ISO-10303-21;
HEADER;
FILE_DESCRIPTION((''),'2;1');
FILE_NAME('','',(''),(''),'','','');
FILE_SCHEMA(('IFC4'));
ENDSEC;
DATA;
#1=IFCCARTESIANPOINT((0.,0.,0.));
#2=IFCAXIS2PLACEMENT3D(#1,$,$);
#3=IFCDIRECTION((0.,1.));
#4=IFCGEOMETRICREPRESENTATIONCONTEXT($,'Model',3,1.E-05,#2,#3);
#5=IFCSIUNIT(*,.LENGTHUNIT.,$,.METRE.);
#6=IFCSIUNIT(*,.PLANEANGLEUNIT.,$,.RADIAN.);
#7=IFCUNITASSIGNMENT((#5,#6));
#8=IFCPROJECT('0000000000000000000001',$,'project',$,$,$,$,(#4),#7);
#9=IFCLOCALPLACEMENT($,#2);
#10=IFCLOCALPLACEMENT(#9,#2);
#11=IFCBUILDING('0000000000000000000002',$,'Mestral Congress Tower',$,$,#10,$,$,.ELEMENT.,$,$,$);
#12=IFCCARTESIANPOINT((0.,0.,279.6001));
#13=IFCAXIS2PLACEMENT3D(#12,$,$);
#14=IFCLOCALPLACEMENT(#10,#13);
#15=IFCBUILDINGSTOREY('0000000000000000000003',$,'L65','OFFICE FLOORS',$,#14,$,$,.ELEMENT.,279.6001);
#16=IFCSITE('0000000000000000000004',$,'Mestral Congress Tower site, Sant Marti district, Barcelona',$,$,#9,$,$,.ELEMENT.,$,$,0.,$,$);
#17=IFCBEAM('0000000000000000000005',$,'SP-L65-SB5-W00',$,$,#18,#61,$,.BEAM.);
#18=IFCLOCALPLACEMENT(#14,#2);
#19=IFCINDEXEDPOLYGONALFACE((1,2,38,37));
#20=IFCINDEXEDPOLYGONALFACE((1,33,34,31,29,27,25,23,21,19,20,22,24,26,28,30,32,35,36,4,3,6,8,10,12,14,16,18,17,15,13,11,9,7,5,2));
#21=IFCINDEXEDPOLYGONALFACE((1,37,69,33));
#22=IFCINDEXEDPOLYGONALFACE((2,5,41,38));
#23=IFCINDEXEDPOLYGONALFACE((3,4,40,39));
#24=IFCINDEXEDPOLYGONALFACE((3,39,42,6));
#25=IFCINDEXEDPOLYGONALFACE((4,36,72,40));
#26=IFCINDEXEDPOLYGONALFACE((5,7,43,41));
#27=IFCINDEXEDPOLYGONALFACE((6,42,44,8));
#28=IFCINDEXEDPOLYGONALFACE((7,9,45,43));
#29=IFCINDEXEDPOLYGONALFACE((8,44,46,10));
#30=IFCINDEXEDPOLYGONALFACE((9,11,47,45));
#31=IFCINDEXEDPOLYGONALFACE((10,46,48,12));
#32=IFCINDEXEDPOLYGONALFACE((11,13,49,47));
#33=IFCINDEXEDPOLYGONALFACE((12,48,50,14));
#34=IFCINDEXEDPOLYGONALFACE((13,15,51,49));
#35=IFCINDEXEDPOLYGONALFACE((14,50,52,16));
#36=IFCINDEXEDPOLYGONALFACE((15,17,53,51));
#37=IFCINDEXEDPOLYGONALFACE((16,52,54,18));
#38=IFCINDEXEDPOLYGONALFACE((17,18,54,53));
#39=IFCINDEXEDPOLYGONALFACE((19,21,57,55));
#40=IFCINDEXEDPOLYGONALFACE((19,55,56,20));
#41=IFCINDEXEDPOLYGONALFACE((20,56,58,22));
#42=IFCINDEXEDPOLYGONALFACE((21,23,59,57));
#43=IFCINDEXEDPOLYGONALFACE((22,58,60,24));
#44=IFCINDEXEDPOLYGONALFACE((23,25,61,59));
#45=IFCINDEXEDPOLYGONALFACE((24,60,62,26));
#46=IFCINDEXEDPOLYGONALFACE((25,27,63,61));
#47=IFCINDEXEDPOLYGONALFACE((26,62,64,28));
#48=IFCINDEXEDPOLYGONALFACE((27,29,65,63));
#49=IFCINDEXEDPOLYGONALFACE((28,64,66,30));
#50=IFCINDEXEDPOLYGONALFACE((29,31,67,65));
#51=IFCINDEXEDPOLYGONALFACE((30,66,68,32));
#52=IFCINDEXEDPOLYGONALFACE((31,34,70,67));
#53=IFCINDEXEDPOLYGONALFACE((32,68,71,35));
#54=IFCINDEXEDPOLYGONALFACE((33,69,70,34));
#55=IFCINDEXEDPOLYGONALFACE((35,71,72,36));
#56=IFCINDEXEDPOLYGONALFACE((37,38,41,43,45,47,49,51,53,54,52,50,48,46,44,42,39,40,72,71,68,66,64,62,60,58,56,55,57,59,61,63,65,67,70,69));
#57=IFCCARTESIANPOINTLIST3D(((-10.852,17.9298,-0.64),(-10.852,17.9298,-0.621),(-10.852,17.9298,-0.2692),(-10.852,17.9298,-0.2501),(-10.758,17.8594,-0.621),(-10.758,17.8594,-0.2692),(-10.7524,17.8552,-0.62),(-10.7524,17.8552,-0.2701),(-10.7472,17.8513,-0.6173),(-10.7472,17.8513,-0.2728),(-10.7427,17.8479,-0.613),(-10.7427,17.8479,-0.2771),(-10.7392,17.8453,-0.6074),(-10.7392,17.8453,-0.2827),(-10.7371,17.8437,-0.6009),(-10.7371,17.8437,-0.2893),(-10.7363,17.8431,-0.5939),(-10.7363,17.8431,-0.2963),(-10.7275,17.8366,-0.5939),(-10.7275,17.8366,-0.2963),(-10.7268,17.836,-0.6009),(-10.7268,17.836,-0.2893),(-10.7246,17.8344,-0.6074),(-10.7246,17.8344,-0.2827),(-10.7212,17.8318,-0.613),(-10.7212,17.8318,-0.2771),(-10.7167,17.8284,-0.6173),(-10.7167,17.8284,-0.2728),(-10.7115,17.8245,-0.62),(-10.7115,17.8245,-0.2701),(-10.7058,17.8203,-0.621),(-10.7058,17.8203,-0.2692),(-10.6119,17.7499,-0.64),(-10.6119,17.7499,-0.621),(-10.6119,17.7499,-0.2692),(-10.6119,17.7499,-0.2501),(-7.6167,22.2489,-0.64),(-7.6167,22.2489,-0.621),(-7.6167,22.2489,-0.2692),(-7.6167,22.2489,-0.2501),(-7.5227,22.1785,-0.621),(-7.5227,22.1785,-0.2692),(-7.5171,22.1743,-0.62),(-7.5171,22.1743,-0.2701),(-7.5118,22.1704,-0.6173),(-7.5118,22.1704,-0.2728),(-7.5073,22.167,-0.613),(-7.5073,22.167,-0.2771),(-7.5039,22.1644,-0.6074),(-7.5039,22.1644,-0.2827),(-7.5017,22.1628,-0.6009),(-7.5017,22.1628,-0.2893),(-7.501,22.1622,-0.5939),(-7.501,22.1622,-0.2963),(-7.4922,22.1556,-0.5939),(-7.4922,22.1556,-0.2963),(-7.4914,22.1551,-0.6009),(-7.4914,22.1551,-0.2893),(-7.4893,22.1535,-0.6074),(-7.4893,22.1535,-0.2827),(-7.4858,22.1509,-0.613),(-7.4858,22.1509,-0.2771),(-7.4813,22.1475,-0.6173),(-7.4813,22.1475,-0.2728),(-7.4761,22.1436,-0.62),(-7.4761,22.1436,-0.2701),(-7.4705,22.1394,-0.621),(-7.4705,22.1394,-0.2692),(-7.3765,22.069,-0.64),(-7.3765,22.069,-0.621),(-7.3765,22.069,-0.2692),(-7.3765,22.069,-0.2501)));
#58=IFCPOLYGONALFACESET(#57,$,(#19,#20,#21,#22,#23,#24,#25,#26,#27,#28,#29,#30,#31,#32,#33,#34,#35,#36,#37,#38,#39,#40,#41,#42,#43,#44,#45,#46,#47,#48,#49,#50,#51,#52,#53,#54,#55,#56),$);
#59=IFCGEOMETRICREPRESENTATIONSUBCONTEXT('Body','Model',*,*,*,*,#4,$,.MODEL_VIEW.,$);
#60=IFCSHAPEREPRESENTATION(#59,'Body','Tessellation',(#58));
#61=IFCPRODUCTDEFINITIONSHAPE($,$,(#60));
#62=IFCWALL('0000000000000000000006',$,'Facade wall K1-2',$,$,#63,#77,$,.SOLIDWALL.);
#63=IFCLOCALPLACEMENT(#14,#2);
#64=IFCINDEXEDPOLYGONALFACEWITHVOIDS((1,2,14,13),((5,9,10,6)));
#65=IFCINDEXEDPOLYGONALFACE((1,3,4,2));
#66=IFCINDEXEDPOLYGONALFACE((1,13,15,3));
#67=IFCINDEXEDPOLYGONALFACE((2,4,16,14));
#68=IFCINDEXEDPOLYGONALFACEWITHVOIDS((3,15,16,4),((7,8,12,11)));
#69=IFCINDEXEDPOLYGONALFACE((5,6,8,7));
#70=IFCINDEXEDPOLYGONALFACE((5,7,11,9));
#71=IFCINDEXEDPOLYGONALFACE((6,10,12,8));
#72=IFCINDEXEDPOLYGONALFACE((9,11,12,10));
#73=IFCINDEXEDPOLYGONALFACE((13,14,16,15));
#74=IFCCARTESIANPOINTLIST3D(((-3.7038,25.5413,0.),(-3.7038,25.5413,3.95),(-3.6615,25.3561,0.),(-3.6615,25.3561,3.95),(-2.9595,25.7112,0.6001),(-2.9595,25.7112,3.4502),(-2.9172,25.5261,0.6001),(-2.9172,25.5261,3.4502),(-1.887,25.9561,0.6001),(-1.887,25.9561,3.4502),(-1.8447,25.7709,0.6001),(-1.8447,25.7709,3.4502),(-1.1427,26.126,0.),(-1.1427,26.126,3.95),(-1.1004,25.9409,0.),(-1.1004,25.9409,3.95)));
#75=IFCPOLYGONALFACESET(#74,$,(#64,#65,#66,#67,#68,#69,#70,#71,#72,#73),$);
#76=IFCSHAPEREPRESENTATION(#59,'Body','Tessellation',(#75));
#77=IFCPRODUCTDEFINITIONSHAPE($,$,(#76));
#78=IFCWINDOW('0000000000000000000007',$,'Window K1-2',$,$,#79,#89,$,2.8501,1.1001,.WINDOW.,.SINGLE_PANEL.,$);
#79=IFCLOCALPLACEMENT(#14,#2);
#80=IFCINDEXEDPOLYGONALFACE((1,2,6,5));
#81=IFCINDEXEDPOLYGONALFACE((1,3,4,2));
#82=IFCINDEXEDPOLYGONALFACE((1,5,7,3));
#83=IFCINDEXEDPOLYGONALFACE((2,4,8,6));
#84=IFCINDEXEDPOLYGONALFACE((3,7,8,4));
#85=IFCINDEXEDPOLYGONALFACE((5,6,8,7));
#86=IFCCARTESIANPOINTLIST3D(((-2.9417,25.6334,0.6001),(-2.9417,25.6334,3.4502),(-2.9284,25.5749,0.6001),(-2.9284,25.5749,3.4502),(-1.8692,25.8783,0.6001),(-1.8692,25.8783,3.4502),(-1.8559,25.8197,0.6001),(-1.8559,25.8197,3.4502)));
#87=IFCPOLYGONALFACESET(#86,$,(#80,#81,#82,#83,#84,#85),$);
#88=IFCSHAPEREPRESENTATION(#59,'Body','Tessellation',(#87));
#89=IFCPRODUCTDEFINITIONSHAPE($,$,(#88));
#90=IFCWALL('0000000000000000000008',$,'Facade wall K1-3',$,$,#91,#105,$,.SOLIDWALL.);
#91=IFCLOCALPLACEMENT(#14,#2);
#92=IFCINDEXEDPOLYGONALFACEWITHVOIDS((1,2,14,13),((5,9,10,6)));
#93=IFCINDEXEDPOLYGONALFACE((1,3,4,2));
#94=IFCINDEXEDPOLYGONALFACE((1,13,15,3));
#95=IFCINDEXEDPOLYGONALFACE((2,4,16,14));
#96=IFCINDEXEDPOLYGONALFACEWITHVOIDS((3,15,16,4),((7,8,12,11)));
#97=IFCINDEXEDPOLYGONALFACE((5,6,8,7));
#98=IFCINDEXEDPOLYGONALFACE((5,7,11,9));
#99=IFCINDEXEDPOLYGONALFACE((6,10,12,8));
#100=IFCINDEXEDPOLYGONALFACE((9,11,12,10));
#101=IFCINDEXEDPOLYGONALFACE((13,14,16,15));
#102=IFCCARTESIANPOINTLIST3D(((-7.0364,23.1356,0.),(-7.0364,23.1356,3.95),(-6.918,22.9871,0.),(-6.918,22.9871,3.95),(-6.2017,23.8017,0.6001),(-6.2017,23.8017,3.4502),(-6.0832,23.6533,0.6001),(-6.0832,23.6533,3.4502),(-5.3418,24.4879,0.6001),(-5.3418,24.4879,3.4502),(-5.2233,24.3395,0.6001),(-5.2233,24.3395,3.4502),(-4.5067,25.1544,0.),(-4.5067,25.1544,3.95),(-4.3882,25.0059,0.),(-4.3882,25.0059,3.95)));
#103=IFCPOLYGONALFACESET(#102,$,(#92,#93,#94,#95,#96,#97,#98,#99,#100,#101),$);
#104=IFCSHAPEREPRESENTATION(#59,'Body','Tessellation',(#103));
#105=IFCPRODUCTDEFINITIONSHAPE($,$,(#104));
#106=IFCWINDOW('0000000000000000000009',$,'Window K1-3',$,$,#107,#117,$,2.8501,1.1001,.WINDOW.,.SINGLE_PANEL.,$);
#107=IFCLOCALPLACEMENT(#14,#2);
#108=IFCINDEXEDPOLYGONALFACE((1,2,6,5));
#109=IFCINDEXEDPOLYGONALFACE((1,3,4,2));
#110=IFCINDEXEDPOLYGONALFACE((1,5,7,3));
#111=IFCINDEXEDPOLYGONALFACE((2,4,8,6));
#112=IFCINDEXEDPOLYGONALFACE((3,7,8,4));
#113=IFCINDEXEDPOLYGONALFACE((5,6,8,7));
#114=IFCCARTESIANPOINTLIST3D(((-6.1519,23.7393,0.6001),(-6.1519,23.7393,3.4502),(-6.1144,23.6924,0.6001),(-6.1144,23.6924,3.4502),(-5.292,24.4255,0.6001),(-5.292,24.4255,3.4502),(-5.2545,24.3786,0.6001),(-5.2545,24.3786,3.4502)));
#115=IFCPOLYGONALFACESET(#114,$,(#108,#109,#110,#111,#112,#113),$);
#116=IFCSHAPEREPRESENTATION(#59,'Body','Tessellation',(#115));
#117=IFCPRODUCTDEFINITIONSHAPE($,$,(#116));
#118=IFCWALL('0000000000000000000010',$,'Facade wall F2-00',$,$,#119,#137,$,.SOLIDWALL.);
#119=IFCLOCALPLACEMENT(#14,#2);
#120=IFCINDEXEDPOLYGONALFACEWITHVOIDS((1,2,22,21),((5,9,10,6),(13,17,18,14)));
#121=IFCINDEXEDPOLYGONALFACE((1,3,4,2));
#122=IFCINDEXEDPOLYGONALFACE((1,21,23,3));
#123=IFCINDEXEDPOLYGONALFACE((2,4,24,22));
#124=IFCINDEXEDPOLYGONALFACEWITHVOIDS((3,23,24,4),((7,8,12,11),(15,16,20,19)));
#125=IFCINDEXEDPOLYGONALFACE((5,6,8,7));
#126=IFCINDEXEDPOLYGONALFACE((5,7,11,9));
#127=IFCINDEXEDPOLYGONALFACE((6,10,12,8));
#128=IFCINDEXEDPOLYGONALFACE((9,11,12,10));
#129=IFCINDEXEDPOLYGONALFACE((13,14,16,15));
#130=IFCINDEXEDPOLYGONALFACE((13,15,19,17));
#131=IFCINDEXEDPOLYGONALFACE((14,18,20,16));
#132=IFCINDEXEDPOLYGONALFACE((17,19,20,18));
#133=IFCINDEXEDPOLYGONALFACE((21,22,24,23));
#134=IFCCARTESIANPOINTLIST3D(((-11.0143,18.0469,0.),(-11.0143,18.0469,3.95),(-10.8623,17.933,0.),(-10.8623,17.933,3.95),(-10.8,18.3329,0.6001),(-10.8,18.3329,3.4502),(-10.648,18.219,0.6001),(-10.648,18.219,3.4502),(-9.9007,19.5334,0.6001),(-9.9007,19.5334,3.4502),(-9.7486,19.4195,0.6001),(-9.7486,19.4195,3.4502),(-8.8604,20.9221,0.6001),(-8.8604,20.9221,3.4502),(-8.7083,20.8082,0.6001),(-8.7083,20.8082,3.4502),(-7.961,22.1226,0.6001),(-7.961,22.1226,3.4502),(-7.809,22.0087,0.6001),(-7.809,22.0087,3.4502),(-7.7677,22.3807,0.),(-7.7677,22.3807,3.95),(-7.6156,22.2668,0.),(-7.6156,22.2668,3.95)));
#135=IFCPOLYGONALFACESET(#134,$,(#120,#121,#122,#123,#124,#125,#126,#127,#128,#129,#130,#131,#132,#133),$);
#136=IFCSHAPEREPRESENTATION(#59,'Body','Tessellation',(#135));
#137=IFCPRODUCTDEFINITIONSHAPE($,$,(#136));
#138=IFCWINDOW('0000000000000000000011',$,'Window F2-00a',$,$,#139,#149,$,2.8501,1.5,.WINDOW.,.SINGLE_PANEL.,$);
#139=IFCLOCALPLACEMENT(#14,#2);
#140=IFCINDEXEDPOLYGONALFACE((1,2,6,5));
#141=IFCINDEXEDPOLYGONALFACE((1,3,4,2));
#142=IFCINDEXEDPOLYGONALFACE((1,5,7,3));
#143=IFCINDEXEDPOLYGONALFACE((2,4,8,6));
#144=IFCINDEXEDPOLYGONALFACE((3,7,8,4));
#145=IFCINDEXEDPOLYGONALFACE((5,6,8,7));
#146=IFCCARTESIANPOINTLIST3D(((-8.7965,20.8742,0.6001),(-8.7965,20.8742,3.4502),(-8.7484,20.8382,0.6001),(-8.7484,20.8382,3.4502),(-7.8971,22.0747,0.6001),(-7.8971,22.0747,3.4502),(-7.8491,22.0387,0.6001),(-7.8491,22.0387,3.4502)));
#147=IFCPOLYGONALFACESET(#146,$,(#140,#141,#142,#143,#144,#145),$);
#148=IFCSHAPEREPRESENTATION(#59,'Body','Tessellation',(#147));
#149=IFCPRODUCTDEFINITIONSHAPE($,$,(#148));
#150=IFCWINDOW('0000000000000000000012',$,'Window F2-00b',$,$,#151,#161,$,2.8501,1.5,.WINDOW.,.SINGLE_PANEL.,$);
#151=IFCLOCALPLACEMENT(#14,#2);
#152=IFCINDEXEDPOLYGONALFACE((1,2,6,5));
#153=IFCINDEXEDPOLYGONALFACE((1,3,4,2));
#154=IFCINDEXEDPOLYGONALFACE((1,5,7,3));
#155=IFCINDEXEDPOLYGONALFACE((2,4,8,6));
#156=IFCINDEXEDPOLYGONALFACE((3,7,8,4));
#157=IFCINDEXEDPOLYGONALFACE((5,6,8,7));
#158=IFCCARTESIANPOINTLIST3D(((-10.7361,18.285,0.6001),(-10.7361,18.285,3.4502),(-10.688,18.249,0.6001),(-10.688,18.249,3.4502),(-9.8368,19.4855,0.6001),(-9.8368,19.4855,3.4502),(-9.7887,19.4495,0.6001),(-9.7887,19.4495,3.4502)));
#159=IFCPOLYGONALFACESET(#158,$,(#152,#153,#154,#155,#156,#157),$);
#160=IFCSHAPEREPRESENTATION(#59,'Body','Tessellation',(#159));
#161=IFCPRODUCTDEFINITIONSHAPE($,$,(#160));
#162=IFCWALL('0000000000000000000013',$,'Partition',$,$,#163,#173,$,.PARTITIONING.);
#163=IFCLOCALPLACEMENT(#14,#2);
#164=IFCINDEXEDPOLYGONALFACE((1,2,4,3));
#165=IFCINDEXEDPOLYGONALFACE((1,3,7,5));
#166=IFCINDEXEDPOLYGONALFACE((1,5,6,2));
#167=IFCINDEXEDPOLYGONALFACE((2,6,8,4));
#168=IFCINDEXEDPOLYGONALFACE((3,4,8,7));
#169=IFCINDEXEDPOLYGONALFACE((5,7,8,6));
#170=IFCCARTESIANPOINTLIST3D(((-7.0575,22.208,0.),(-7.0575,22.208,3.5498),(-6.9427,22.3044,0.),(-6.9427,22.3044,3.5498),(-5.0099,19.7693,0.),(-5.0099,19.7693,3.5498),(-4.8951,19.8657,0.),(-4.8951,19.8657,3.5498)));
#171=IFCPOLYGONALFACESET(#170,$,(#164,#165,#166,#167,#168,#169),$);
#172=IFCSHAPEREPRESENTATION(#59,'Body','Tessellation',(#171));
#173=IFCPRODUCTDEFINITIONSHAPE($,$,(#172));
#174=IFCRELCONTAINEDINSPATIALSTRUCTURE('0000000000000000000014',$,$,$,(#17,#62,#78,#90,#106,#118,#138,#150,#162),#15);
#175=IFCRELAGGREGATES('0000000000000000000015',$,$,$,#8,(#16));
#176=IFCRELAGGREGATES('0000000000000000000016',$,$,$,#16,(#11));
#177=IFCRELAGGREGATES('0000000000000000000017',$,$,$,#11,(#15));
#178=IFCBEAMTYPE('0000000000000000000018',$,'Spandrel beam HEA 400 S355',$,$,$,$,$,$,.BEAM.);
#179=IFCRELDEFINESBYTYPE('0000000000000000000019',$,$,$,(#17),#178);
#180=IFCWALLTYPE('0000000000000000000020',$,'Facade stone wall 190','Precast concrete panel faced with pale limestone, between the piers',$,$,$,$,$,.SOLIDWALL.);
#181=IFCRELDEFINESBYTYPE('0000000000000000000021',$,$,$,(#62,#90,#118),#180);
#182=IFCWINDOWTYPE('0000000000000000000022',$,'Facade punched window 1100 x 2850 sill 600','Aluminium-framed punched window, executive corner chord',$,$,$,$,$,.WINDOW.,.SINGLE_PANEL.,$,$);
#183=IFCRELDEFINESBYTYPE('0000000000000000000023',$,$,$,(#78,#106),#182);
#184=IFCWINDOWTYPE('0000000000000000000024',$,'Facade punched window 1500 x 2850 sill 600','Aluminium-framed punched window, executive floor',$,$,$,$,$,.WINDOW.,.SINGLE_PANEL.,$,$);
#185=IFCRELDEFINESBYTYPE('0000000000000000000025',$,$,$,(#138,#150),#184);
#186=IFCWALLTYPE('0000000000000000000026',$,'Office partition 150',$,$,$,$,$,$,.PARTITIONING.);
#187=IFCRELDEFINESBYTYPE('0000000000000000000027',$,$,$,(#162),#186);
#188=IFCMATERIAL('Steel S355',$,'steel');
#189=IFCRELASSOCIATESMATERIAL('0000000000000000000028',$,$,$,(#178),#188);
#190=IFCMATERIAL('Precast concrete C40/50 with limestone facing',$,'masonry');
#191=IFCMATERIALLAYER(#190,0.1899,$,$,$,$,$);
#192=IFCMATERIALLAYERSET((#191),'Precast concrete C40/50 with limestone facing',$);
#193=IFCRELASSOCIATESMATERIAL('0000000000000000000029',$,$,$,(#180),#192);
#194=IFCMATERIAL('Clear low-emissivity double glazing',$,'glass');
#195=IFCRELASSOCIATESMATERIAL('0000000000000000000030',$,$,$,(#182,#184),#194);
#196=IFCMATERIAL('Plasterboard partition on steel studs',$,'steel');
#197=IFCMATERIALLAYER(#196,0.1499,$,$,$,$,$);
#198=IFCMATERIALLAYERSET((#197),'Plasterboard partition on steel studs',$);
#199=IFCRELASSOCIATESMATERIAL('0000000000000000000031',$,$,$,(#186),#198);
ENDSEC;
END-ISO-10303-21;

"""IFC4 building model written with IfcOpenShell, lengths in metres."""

from ifc_helpers import new_model, si_unit, direction, frame, frame_2d, origin, origin_2d, place, context, subcontext, project, spatial, rectangle, i_section, extrude, material, layer, layer_set, material_profile, profile_set, type_object, element, fill, save


model = new_model("IFC4")

# Units and contexts
model_context = context("Model", 3, precision=1e-05, world=origin(), true_north=direction((0.0, 1.0)))
body_context = subcontext(model_context, "Body", "Model", "MODEL_VIEW")
ifc_project = project(units=[si_unit("LENGTHUNIT", "METRE"), si_unit("PLANEANGLEUNIT", "RADIAN")], contexts=[model_context])

# Site, building, storey
site_placement = place(None, origin())
site = spatial("IfcSite", under=ifc_project, at=site_placement, Name="Mestral Congress Tower site, Sant Marti district, Barcelona", CompositionType="ELEMENT", RefElevation=0.0)
building_placement = place(site_placement, origin())
building = spatial("IfcBuilding", under=site, at=building_placement, Name="Mestral Congress Tower", CompositionType="ELEMENT")
storey_placement = place(building_placement, frame((0.0, 0.0, 279.6001)))
storey = spatial("IfcBuildingStorey", under=building, at=storey_placement, Name="L65", Description="OFFICE FLOORS", CompositionType="ELEMENT", Elevation=279.6001)

# Beam
ifc_material_1 = material(Name="Steel S355", Category="steel")
ifc_material_profile_1 = material_profile(ifc_material_1, i_section(OverallWidth=0.3, OverallDepth=0.3899, WebThickness=0.011, FlangeThickness=0.019, FilletRadius=0.0271, at=origin_2d()), Name="HEA 400")
ifc_profile_set_1 = profile_set([ifc_material_profile_1], Name="Steel S355")
beam_type_1 = type_object("IfcBeamType", Name="Spandrel beam HEA 400 S355", PredefinedType="BEAM", material=ifc_profile_set_1)
beam_1_placement = place(storey_placement, frame((-7.4966, 22.1589, -0.4451), z_axis=(-0.599529, -0.800353, 0.0), x_axis=(0.800353, -0.599529, 0.0)))
element("IfcBeam", 1, at=beam_1_placement, inside=storey, type_object=beam_type_1, Name="SP-L65-SB5-W00", PredefinedType="BEAM", context=body_context, shape_type="SweptSolid", body=[
    extrude(i_section(OverallWidth=0.3, OverallDepth=0.3899, WebThickness=0.011, FlangeThickness=0.019, FilletRadius=0.0271, at=origin_2d()), origin(), (0.0, 0.0, 1.0), 5.3965),
])

# Walls, openings, windows
ifc_material_2 = material(Name="Precast concrete C40/50 with limestone facing", Category="masonry")
ifc_layer_1 = layer(ifc_material_2, 0.1899)
ifc_layer_set_1 = layer_set([ifc_layer_1], Name="Precast concrete C40/50 with limestone facing")
wall_type_1 = type_object("IfcWallType", Name="Facade stone wall 190", Description="Precast concrete panel faced with pale limestone, between the piers", PredefinedType="SOLIDWALL", material=ifc_layer_set_1)
wall_1_placement = place(storey_placement, frame((-1.1216, 26.0334, 0.0), z_axis=(0.0, 0.0, 1.0), x_axis=(-0.974913, -0.222585, 0.0)))
wall_1 = element("IfcWall", 2, at=wall_1_placement, inside=storey, type_object=wall_type_1, Name="Facade wall K1-2", PredefinedType="SOLIDWALL", context=body_context, shape_type="SweptSolid", body=[
    extrude(rectangle(XDim=2.627, YDim=0.1899, at=frame_2d((1.3135, 0.0))), origin(), (0.0, 0.0, 1.0), 3.95),
])
opening_1_placement = place(wall_1_placement, frame((0.7634, 0.0, 0.6001)))
opening_1 = element("IfcOpeningElement", 3, at=opening_1_placement, cuts=wall_1, PredefinedType="OPENING", context=body_context, shape_type="SweptSolid", body=[
    extrude(rectangle(XDim=1.1001, YDim=2.8501, at=frame_2d((0.55, 1.425))), frame((0.0, 0.105, 0.0), z_axis=(0.0, -1.0, 0.0), x_axis=(1.0, 0.0, 0.0)), (0.0, 0.0, 1.0), 0.21),
])
ifc_material_3 = material(Name="Clear low-emissivity double glazing", Category="glass")
window_type_1 = type_object("IfcWindowType", Name="Facade punched window 1100 x 2850 sill 600", Description="Aluminium-framed punched window, executive corner chord", PartitioningType="SINGLE_PANEL", PredefinedType="WINDOW", material=ifc_material_3)
window_1_placement = place(opening_1_placement, origin())
window_1 = element("IfcWindow", 4, at=window_1_placement, inside=storey, type_object=window_type_1, Name="Window K1-2", OverallHeight=2.8501, OverallWidth=1.1001, PartitioningType="SINGLE_PANEL", PredefinedType="WINDOW", context=body_context, shape_type="SweptSolid", body=[
    extrude(rectangle(XDim=1.1001, YDim=2.8501, at=frame_2d((0.55, 1.425))), frame((0.0, 0.0449, 0.0), z_axis=(0.0, -1.0, 0.0), x_axis=(1.0, 0.0, 0.0)), (0.0, 0.0, 1.0), 0.0601),
])
fill(opening_1, window_1)
wall_2_placement = place(storey_placement, frame((-4.4475, 25.0801, 0.0), z_axis=(0.0, 0.0, 1.0), x_axis=(-0.781626, -0.623747, 0.0)))
wall_2 = element("IfcWall", 5, at=wall_2_placement, inside=storey, type_object=wall_type_1, Name="Facade wall K1-3", PredefinedType="SOLIDWALL", context=body_context, shape_type="SweptSolid", body=[
    extrude(rectangle(XDim=3.2366, YDim=0.1899, at=frame_2d((1.6182, 0.0))), origin(), (0.0, 0.0, 1.0), 3.95),
])
opening_2_placement = place(wall_2_placement, frame((1.0684, 0.0, 0.6001)))
opening_2 = element("IfcOpeningElement", 6, at=opening_2_placement, cuts=wall_2, PredefinedType="OPENING", context=body_context, shape_type="SweptSolid", body=[
    extrude(rectangle(XDim=1.1001, YDim=2.8501, at=frame_2d((0.55, 1.425))), frame((0.0, 0.105, 0.0), z_axis=(0.0, -1.0, 0.0), x_axis=(1.0, 0.0, 0.0)), (0.0, 0.0, 1.0), 0.21),
])
window_2_placement = place(opening_2_placement, origin())
window_2 = element("IfcWindow", 7, at=window_2_placement, inside=storey, type_object=window_type_1, Name="Window K1-3", OverallHeight=2.8501, OverallWidth=1.1001, PartitioningType="SINGLE_PANEL", PredefinedType="WINDOW", context=body_context, shape_type="SweptSolid", body=[
    extrude(rectangle(XDim=1.1001, YDim=2.8501, at=frame_2d((0.55, 1.425))), frame((0.0, 0.0449, 0.0), z_axis=(0.0, -1.0, 0.0), x_axis=(1.0, 0.0, 0.0)), (0.0, 0.0, 1.0), 0.0601),
])
fill(opening_2, window_2)

# Wall, openings, windows
wall_3_placement = place(storey_placement, frame((-7.6917, 22.3237, 0.0), z_axis=(0.0, 0.0, 1.0), x_axis=(-0.59956, -0.80033, 0.0)))
wall_3 = element("IfcWall", 8, at=wall_3_placement, inside=storey, type_object=wall_type_1, Name="Facade wall F2-00", PredefinedType="SOLIDWALL", context=body_context, shape_type="SweptSolid", body=[
    extrude(rectangle(XDim=5.415, YDim=0.1899, at=frame_2d((2.7075, 0.0))), origin(), (0.0, 0.0, 1.0), 3.95),
])
opening_3_placement = place(wall_3_placement, frame((0.3225, 0.0, 0.6001)))
opening_3 = element("IfcOpeningElement", 9, at=opening_3_placement, cuts=wall_3, PredefinedType="OPENING", context=body_context, shape_type="SweptSolid", body=[
    extrude(rectangle(XDim=1.5, YDim=2.8501, at=frame_2d((0.75, 1.425))), frame((0.0, 0.105, 0.0), z_axis=(0.0, -1.0, 0.0), x_axis=(1.0, 0.0, 0.0)), (0.0, 0.0, 1.0), 0.21),
])
opening_4_placement = place(wall_3_placement, frame((3.5576, 0.0, 0.6001)))
opening_4 = element("IfcOpeningElement", 10, at=opening_4_placement, cuts=wall_3, PredefinedType="OPENING", context=body_context, shape_type="SweptSolid", body=[
    extrude(rectangle(XDim=1.5, YDim=2.8501, at=frame_2d((0.75, 1.425))), frame((0.0, 0.105, 0.0), z_axis=(0.0, -1.0, 0.0), x_axis=(1.0, 0.0, 0.0)), (0.0, 0.0, 1.0), 0.21),
])
window_type_2 = type_object("IfcWindowType", Name="Facade punched window 1500 x 2850 sill 600", Description="Aluminium-framed punched window, executive floor", PartitioningType="SINGLE_PANEL", PredefinedType="WINDOW", material=ifc_material_3)
window_3_placement = place(opening_3_placement, origin())
window_3 = element("IfcWindow", 11, at=window_3_placement, inside=storey, type_object=window_type_2, Name="Window F2-00a", OverallHeight=2.8501, OverallWidth=1.5, PartitioningType="SINGLE_PANEL", PredefinedType="WINDOW", context=body_context, shape_type="SweptSolid", body=[
    extrude(rectangle(XDim=1.5, YDim=2.8501, at=frame_2d((0.75, 1.425))), frame((0.0, 0.0449, 0.0), z_axis=(0.0, -1.0, 0.0), x_axis=(1.0, 0.0, 0.0)), (0.0, 0.0, 1.0), 0.0601),
])
fill(opening_3, window_3)
window_4_placement = place(opening_4_placement, origin())
window_4 = element("IfcWindow", 12, at=window_4_placement, inside=storey, type_object=window_type_2, Name="Window F2-00b", OverallHeight=2.8501, OverallWidth=1.5, PartitioningType="SINGLE_PANEL", PredefinedType="WINDOW", context=body_context, shape_type="SweptSolid", body=[
    extrude(rectangle(XDim=1.5, YDim=2.8501, at=frame_2d((0.75, 1.425))), frame((0.0, 0.0449, 0.0), z_axis=(0.0, -1.0, 0.0), x_axis=(1.0, 0.0, 0.0)), (0.0, 0.0, 1.0), 0.0601),
])
fill(opening_4, window_4)

# Wall
ifc_material_4 = material(Name="Plasterboard partition on steel studs", Category="steel")
ifc_layer_2 = layer(ifc_material_4, 0.1499)
ifc_layer_set_2 = layer_set([ifc_layer_2], Name="Plasterboard partition on steel studs")
wall_type_2 = type_object("IfcWallType", Name="Office partition 150", PredefinedType="PARTITIONING", material=ifc_layer_set_2)
wall_4_placement = place(storey_placement, frame((-4.9524, 19.8174, 0.0), z_axis=(0.0, 0.0, 1.0), x_axis=(-0.643023, 0.765847, 0.0)))
element("IfcWall", 13, at=wall_4_placement, inside=storey, type_object=wall_type_2, Name="Partition", PredefinedType="PARTITIONING", context=body_context, shape_type="SweptSolid", body=[
    extrude(rectangle(XDim=3.1843, YDim=0.1499, at=frame_2d((1.5923, 0.0))), origin(), (0.0, 0.0, 1.0), 3.5498),
])

save(model, "model.ifc")
